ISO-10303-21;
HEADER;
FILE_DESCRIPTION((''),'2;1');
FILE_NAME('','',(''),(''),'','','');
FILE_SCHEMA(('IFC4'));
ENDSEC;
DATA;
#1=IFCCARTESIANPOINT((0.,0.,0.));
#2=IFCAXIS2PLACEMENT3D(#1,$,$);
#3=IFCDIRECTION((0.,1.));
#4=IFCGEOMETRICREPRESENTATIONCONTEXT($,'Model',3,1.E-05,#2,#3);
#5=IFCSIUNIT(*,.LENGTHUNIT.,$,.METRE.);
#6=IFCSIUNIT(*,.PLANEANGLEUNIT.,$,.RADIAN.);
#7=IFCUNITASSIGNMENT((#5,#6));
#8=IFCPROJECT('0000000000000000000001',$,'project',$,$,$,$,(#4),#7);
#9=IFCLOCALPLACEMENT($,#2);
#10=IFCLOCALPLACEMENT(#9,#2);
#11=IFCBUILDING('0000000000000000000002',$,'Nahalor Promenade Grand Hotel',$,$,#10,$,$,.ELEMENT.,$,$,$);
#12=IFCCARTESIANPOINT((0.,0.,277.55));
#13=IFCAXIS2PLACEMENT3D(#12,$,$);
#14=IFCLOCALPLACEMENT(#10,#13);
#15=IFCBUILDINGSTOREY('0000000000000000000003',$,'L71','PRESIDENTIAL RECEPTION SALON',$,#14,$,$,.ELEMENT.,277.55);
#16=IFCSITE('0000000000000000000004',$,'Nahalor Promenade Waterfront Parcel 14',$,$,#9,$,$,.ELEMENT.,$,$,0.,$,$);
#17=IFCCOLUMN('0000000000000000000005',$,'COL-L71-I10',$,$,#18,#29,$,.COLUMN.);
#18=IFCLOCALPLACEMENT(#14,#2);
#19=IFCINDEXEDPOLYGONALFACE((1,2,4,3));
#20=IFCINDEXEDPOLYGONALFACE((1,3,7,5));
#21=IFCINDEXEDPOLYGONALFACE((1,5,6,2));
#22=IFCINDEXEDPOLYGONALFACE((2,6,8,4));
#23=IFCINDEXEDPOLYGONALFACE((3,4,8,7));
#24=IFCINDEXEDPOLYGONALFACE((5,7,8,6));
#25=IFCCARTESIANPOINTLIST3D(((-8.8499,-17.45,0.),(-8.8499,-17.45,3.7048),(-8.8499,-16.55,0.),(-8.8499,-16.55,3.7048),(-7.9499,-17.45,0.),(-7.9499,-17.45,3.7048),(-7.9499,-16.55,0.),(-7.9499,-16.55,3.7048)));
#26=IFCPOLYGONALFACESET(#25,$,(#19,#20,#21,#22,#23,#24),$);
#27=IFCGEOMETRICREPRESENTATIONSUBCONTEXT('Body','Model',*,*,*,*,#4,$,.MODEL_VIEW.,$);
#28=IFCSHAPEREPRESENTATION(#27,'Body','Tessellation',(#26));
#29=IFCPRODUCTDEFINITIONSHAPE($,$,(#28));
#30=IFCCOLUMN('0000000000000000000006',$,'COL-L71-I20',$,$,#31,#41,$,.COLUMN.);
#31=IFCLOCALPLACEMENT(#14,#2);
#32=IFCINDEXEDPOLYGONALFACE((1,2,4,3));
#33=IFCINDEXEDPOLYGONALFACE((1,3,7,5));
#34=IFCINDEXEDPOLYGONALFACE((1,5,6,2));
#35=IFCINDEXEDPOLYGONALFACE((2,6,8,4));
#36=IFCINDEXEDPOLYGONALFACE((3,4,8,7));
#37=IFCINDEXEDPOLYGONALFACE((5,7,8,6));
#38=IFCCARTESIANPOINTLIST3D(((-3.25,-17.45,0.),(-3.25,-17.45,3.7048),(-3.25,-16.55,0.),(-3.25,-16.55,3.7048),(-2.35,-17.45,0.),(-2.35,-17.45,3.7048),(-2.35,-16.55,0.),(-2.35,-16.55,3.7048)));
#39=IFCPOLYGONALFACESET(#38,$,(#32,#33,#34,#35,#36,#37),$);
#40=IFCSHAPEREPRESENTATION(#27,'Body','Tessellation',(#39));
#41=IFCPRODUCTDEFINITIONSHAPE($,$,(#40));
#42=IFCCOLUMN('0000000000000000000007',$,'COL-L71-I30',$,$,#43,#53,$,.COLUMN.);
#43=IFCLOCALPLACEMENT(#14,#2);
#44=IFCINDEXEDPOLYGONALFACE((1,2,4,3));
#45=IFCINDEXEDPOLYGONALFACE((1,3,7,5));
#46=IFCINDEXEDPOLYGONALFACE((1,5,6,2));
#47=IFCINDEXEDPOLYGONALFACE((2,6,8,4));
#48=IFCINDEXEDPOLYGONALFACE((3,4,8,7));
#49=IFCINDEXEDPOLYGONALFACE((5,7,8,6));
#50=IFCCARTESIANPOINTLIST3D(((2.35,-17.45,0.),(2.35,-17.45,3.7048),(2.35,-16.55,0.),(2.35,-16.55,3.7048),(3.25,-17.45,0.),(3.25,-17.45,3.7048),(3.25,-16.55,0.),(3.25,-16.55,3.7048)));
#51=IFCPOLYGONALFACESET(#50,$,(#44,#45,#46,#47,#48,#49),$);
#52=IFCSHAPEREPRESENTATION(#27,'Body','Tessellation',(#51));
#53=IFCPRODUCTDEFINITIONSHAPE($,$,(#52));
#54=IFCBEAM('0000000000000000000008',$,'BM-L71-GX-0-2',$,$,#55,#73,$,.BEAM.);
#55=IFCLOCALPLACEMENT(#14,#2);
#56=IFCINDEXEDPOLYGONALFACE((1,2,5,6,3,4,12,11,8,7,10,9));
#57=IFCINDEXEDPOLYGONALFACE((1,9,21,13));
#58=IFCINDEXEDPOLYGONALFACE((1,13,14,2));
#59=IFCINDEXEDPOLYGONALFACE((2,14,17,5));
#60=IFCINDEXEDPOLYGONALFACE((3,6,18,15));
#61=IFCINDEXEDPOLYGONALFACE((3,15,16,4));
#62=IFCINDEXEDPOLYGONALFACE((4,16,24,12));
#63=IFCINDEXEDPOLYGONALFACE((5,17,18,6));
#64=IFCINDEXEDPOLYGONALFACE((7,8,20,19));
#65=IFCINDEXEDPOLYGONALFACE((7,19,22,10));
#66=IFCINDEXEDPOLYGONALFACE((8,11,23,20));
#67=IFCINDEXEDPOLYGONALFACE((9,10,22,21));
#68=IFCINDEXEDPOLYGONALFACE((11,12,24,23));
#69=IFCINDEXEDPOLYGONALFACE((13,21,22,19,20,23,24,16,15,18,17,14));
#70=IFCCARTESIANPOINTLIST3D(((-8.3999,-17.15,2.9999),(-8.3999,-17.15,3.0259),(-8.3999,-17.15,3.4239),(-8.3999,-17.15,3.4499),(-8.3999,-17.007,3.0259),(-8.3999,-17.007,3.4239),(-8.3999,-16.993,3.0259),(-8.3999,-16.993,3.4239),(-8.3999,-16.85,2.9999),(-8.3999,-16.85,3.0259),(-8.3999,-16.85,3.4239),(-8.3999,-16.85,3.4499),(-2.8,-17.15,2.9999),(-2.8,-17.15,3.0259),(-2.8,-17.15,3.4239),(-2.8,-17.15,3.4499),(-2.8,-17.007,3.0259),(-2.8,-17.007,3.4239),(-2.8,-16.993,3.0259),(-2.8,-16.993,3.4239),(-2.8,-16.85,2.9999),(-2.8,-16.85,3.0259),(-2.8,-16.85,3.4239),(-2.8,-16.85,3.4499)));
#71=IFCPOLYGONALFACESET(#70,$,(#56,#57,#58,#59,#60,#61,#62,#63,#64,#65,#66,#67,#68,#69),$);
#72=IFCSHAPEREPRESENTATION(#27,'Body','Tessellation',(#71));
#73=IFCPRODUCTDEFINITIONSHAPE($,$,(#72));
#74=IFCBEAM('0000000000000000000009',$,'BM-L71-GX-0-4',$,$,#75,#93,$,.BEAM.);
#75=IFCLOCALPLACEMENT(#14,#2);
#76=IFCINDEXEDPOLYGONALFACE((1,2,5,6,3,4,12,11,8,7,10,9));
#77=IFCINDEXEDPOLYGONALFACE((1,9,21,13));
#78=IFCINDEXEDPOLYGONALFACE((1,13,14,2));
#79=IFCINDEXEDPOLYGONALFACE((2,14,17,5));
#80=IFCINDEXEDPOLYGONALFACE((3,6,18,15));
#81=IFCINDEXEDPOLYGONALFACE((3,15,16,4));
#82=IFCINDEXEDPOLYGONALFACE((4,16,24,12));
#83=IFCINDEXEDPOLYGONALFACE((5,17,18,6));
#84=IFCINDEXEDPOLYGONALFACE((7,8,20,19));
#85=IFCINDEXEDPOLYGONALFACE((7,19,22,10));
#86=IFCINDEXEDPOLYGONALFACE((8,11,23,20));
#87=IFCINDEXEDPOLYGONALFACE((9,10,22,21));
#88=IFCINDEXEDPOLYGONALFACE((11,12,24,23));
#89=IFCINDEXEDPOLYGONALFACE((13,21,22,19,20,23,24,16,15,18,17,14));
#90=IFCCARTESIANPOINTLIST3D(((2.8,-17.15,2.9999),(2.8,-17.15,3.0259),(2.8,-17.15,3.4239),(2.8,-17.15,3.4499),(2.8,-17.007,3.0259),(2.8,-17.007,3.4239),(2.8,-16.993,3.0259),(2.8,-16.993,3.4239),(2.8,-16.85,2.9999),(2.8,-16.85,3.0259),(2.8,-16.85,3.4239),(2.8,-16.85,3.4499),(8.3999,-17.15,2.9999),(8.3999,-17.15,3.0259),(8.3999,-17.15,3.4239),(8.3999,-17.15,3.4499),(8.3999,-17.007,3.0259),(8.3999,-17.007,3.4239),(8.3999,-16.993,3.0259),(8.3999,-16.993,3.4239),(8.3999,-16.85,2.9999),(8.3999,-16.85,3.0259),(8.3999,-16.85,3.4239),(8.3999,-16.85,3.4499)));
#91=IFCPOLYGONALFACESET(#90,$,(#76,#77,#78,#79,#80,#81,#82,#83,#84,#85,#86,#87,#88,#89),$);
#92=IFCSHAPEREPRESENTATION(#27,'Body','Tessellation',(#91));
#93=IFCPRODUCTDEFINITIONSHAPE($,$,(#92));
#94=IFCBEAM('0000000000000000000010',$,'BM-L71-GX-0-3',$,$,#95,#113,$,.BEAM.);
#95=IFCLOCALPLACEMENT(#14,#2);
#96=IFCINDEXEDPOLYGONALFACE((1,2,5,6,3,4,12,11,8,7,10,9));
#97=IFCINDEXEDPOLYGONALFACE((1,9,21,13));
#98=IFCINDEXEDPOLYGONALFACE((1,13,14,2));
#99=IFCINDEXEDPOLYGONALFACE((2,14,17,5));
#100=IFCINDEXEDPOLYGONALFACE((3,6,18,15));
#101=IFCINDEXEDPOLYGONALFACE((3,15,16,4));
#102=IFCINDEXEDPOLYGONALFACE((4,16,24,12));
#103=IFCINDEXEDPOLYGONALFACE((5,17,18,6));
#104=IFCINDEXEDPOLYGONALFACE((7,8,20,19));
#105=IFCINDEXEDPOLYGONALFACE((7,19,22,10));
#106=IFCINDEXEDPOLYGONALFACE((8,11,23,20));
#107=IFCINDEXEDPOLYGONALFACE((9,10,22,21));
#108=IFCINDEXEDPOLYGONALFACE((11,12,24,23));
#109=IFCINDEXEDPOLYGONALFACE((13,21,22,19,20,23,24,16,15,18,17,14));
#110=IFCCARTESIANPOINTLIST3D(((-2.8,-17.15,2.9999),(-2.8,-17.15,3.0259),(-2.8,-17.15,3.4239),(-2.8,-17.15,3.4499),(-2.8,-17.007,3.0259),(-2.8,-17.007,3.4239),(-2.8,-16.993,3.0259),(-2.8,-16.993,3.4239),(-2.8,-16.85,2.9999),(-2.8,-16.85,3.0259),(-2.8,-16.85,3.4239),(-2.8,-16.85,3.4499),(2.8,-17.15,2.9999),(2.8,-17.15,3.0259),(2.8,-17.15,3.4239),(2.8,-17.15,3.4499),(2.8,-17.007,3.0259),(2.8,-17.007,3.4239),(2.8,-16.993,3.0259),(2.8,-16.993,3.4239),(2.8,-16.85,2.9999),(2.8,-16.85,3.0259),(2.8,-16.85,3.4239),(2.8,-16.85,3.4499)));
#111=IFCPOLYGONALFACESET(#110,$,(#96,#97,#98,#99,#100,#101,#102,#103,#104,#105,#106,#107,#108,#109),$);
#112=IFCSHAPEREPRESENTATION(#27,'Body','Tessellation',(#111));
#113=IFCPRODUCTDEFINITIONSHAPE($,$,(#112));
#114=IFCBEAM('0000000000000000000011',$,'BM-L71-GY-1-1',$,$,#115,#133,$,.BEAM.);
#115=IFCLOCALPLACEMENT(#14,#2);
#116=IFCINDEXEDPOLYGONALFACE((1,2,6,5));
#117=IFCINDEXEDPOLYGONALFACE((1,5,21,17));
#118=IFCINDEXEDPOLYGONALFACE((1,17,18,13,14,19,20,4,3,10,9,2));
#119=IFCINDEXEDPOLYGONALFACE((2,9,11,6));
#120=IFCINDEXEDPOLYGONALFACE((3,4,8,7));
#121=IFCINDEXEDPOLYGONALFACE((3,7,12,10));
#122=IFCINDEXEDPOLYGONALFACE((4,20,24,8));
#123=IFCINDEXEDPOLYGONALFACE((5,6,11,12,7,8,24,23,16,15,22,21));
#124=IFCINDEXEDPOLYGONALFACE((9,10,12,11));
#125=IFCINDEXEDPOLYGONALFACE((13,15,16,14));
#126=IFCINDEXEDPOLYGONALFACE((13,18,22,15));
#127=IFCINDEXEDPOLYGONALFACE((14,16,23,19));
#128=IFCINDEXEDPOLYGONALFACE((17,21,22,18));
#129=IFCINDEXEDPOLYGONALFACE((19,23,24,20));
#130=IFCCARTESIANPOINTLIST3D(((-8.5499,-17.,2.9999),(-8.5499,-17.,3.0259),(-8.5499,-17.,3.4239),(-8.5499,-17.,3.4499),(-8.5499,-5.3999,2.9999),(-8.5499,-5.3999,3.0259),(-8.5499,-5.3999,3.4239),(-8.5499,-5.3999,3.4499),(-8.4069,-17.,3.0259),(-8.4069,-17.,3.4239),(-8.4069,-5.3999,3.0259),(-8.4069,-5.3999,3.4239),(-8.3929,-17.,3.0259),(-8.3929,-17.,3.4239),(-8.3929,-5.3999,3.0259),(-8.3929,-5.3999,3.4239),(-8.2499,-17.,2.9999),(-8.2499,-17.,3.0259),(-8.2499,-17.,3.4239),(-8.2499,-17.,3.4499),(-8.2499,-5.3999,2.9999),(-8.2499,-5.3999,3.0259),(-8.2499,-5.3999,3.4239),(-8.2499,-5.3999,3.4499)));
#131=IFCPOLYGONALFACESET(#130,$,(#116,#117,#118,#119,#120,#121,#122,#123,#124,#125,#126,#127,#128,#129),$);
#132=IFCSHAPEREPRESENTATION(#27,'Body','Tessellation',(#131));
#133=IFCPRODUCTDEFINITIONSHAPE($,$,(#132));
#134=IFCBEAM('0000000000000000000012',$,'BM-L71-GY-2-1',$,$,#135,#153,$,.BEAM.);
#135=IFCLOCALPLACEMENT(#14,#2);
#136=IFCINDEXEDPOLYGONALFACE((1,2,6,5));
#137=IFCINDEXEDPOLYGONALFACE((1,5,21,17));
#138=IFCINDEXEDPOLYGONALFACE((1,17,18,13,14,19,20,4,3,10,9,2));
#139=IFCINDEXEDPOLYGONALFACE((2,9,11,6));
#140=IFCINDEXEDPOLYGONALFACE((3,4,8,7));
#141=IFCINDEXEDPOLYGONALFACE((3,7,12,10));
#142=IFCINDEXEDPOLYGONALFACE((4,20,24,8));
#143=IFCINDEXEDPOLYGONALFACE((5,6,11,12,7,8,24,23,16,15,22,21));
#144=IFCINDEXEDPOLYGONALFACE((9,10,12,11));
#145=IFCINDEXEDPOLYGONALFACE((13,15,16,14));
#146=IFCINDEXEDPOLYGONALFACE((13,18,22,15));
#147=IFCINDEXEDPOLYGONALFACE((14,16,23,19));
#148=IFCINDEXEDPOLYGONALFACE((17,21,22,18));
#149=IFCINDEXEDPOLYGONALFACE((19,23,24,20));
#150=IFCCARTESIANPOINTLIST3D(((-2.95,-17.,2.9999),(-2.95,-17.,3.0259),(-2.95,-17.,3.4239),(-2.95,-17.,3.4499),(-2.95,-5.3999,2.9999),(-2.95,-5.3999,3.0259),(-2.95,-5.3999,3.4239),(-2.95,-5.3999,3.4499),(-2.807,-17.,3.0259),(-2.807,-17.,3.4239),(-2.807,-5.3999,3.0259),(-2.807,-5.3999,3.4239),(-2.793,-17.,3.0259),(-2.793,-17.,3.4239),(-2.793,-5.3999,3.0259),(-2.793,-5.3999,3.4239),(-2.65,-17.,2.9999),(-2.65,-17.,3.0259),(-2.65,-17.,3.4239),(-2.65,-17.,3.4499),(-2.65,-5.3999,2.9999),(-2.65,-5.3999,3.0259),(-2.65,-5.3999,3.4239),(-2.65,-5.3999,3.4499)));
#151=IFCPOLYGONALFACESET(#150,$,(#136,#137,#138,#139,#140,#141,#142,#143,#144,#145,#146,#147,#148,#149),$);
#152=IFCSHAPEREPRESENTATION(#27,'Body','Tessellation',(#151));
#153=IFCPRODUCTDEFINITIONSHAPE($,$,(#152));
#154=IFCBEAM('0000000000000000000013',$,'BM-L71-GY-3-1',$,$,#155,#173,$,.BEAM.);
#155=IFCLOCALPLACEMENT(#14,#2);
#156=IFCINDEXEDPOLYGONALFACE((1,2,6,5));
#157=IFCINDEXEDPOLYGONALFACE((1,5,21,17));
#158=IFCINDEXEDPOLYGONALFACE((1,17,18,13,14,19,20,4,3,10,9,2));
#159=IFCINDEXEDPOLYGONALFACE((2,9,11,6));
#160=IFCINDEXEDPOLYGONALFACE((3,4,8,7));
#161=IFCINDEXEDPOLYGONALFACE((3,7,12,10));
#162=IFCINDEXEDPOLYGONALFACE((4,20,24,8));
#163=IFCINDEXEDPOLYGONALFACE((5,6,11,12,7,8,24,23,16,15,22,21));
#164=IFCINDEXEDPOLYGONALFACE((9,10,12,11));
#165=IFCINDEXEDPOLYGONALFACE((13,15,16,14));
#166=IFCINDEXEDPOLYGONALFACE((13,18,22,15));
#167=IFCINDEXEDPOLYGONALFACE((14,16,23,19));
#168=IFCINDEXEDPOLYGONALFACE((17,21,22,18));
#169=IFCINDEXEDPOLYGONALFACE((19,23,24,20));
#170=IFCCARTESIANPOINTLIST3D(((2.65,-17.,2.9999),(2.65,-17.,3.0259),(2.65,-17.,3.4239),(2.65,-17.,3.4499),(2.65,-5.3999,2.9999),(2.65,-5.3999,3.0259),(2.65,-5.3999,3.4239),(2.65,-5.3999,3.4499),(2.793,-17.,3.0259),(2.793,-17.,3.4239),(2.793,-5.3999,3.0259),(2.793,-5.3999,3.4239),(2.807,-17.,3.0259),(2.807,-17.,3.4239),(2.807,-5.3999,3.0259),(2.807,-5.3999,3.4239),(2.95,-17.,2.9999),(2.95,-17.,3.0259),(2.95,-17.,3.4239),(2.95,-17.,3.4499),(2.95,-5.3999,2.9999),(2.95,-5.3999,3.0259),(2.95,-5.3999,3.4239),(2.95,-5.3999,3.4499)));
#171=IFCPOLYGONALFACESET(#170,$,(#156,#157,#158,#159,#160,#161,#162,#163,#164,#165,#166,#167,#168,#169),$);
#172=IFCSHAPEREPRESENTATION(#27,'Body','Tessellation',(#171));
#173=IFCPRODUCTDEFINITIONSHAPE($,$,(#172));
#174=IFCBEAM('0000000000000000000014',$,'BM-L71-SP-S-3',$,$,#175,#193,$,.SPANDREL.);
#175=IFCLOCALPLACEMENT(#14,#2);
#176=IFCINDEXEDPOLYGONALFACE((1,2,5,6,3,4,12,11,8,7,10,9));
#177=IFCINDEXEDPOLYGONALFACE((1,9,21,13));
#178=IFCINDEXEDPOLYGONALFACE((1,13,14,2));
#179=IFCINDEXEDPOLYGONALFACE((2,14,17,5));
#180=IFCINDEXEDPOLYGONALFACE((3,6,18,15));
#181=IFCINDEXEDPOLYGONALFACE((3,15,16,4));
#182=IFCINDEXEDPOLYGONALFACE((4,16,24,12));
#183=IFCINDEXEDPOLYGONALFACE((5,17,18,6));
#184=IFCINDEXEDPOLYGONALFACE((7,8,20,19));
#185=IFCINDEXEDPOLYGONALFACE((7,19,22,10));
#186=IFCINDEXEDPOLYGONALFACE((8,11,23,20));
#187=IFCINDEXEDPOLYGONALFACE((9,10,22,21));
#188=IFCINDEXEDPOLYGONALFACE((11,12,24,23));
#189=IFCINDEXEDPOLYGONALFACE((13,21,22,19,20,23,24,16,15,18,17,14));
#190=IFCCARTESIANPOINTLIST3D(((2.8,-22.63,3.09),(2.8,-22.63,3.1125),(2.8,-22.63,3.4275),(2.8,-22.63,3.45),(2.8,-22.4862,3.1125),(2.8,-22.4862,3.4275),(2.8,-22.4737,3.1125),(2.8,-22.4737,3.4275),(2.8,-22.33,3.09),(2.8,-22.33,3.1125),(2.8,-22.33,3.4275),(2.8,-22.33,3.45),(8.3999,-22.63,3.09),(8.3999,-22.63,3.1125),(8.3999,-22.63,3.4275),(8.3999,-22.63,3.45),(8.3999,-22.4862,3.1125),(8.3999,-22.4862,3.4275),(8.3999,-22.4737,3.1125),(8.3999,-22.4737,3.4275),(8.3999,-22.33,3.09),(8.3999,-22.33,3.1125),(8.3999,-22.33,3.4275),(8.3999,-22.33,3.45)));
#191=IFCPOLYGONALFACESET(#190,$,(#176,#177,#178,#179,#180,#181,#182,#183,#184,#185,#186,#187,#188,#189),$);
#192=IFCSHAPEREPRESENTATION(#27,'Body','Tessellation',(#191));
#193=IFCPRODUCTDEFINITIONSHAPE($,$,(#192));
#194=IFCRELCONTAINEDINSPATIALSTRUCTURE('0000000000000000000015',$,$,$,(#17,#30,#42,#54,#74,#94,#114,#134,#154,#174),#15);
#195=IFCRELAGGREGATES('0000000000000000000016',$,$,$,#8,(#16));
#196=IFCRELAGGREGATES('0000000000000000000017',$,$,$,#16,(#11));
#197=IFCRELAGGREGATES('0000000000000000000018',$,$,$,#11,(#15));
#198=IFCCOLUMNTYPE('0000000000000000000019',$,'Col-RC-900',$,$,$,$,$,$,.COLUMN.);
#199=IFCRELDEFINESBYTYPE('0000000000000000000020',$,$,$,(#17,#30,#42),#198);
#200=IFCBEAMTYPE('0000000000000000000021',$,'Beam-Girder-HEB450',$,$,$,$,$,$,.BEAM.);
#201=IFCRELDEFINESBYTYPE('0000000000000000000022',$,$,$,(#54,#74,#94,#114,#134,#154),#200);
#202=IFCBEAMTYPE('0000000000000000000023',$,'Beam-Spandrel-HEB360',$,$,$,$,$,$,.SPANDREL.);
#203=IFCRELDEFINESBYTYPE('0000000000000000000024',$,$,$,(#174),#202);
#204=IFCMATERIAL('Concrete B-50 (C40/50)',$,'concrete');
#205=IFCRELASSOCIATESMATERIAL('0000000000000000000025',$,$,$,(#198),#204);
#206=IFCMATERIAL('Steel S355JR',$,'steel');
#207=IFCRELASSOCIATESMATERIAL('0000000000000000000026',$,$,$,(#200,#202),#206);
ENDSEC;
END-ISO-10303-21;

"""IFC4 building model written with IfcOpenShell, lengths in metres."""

from ifc_helpers import new_model, si_unit, direction, frame, origin, origin_2d, place, context, subcontext, project, spatial, rectangle, i_section, extrude, source, transform, mapped, material, material_profile, profile_set, type_object, element, save


model = new_model("IFC4")

# Units and contexts
model_context = context("Model", 3, precision=1e-05, world=origin(), true_north=direction((0.0, 1.0)))
body_context = subcontext(model_context, "Body", "Model", "MODEL_VIEW")
ifc_project = project(units=[si_unit("LENGTHUNIT", "METRE"), si_unit("PLANEANGLEUNIT", "RADIAN")], contexts=[model_context])

# Site, building, storey
site_placement = place(None, origin())
site = spatial("IfcSite", under=ifc_project, at=site_placement, Name="Nahalor Promenade Waterfront Parcel 14", CompositionType="ELEMENT", RefElevation=0.0)
building_placement = place(site_placement, origin())
building = spatial("IfcBuilding", under=site, at=building_placement, Name="Nahalor Promenade Grand Hotel", CompositionType="ELEMENT")
storey_placement = place(building_placement, frame((0.0, 0.0, 277.55)))
storey = spatial("IfcBuildingStorey", under=building, at=storey_placement, Name="L71", Description="PRESIDENTIAL RECEPTION SALON", CompositionType="ELEMENT", Elevation=277.55)

# Columns
ifc_material_1 = material(Name="Concrete B-50 (C40/50)", Category="concrete")
ifc_material_profile_1 = material_profile(ifc_material_1, rectangle(XDim=0.9, YDim=0.9, at=origin_2d()), Name="RC 900x900")
ifc_profile_set_1 = profile_set([ifc_material_profile_1], Name="Concrete B-50 (C40/50)")
column_type = type_object("IfcColumnType", Name="Col-RC-900", PredefinedType="COLUMN", material=ifc_profile_set_1)
shared_shape_1 = source(origin(), body_context, "Body", "SweptSolid", [
    extrude(rectangle(XDim=0.9, YDim=0.9, at=origin_2d()), origin(), (0.0, 0.0, 1.0), 3.7048),
])
for number, where, z_axis, x_axis, name in (
    (1, (-8.3999, -17.0, 0.0), (0.0, 0.0, 1.0), (1.0, 0.0, 0.0), "COL-L71-I10"),
    (2, (-2.8, -17.0, 0.0), (0.0, 0.0, 1.0), (1.0, 0.0, 0.0), "COL-L71-I20"),
    (3, (2.8, -17.0, 0.0), (0.0, 0.0, 1.0), (1.0, 0.0, 0.0), "COL-L71-I30"),
):
    element("IfcColumn", number, at=place(storey_placement, frame(where, z_axis=z_axis, x_axis=x_axis)), inside=storey, type_object=column_type, Name=name, PredefinedType="COLUMN", context=body_context, shape_type="MappedRepresentation", body=[
        mapped(shared_shape_1, transform((0.0, 0.0, 0.0), scale=1.0)),
    ])

# Beams
ifc_material_2 = material(Name="Steel S355JR", Category="steel")
ifc_material_profile_2 = material_profile(ifc_material_2, i_section(OverallWidth=0.3, OverallDepth=0.45, WebThickness=0.014, FlangeThickness=0.026, at=origin_2d()), Name="HEB 450")
ifc_profile_set_2 = profile_set([ifc_material_profile_2], Name="Steel S355JR")
beam_type_1 = type_object("IfcBeamType", Name="Beam-Girder-HEB450", PredefinedType="BEAM", material=ifc_profile_set_2)
shared_shape_2 = source(origin(), body_context, "Body", "SweptSolid", [
    extrude(i_section(OverallWidth=0.3, OverallDepth=0.45, WebThickness=0.014, FlangeThickness=0.026, at=origin_2d()), origin(), (0.0, 0.0, 1.0), 5.5999),
])
for number, where, z_axis, x_axis, name in (
    (4, (-8.3999, -17.0, 3.2249), (1.0, 0.0, 0.0), (0.0, 1.0, 0.0), "BM-L71-GX-0-2"),
    (5, (2.8, -17.0, 3.2249), (1.0, 0.0, 0.0), (0.0, 1.0, 0.0), "BM-L71-GX-0-4"),
):
    element("IfcBeam", number, at=place(storey_placement, frame(where, z_axis=z_axis, x_axis=x_axis)), inside=storey, type_object=beam_type_1, Name=name, PredefinedType="BEAM", context=body_context, shape_type="MappedRepresentation", body=[
        mapped(shared_shape_2, transform((0.0, 0.0, 0.0), scale=1.0)),
    ])
shared_shape_3 = source(origin(), body_context, "Body", "SweptSolid", [
    extrude(i_section(OverallWidth=0.3, OverallDepth=0.45, WebThickness=0.014, FlangeThickness=0.026, at=origin_2d()), origin(), (0.0, 0.0, 1.0), 5.6001),
])
beam_1_placement = place(storey_placement, frame((-2.8, -17.0, 3.2249), z_axis=(1.0, 0.0, 0.0), x_axis=(0.0, 1.0, 0.0)))
element("IfcBeam", 6, at=beam_1_placement, inside=storey, type_object=beam_type_1, Name="BM-L71-GX-0-3", PredefinedType="BEAM", context=body_context, shape_type="MappedRepresentation", body=[
    mapped(shared_shape_3, transform((0.0, 0.0, 0.0), scale=1.0)),
])
shared_shape_4 = source(origin(), body_context, "Body", "SweptSolid", [
    extrude(i_section(OverallWidth=0.3, OverallDepth=0.45, WebThickness=0.014, FlangeThickness=0.026, at=origin_2d()), origin(), (0.0, 0.0, 1.0), 11.6001),
])
for number, where, z_axis, x_axis, name in (
    (7, (-8.3999, -17.0, 3.2249), (0.0, 1.0, 0.0), (-1.0, 0.0, 0.0), "BM-L71-GY-1-1"),
    (8, (-2.8, -17.0, 3.2249), (0.0, 1.0, 0.0), (-1.0, 0.0, 0.0), "BM-L71-GY-2-1"),
    (9, (2.8, -17.0, 3.2249), (0.0, 1.0, 0.0), (-1.0, 0.0, 0.0), "BM-L71-GY-3-1"),
):
    element("IfcBeam", number, at=place(storey_placement, frame(where, z_axis=z_axis, x_axis=x_axis)), inside=storey, type_object=beam_type_1, Name=name, PredefinedType="BEAM", context=body_context, shape_type="MappedRepresentation", body=[
        mapped(shared_shape_4, transform((0.0, 0.0, 0.0), scale=1.0)),
    ])
ifc_material_profile_3 = material_profile(ifc_material_2, i_section(OverallWidth=0.3, OverallDepth=0.36, WebThickness=0.0125, FlangeThickness=0.0225, at=origin_2d()), Name="HEB 360")
ifc_profile_set_3 = profile_set([ifc_material_profile_3], Name="Steel S355JR")
beam_type_2 = type_object("IfcBeamType", Name="Beam-Spandrel-HEB360", PredefinedType="SPANDREL", material=ifc_profile_set_3)
shared_shape_5 = source(origin(), body_context, "Body", "SweptSolid", [
    extrude(i_section(OverallWidth=0.3, OverallDepth=0.36, WebThickness=0.0125, FlangeThickness=0.0225, at=origin_2d()), origin(), (0.0, 0.0, 1.0), 5.5999),
])
beam_2_placement = place(storey_placement, frame((2.8, -22.48, 3.27), z_axis=(1.0, 0.0, 0.0), x_axis=(0.0, 1.0, 0.0)))
element("IfcBeam", 10, at=beam_2_placement, inside=storey, type_object=beam_type_2, Name="BM-L71-SP-S-3", PredefinedType="SPANDREL", context=body_context, shape_type="MappedRepresentation", body=[
    mapped(shared_shape_5, transform((0.0, 0.0, 0.0), scale=1.0)),
])

save(model, "model.ifc")
